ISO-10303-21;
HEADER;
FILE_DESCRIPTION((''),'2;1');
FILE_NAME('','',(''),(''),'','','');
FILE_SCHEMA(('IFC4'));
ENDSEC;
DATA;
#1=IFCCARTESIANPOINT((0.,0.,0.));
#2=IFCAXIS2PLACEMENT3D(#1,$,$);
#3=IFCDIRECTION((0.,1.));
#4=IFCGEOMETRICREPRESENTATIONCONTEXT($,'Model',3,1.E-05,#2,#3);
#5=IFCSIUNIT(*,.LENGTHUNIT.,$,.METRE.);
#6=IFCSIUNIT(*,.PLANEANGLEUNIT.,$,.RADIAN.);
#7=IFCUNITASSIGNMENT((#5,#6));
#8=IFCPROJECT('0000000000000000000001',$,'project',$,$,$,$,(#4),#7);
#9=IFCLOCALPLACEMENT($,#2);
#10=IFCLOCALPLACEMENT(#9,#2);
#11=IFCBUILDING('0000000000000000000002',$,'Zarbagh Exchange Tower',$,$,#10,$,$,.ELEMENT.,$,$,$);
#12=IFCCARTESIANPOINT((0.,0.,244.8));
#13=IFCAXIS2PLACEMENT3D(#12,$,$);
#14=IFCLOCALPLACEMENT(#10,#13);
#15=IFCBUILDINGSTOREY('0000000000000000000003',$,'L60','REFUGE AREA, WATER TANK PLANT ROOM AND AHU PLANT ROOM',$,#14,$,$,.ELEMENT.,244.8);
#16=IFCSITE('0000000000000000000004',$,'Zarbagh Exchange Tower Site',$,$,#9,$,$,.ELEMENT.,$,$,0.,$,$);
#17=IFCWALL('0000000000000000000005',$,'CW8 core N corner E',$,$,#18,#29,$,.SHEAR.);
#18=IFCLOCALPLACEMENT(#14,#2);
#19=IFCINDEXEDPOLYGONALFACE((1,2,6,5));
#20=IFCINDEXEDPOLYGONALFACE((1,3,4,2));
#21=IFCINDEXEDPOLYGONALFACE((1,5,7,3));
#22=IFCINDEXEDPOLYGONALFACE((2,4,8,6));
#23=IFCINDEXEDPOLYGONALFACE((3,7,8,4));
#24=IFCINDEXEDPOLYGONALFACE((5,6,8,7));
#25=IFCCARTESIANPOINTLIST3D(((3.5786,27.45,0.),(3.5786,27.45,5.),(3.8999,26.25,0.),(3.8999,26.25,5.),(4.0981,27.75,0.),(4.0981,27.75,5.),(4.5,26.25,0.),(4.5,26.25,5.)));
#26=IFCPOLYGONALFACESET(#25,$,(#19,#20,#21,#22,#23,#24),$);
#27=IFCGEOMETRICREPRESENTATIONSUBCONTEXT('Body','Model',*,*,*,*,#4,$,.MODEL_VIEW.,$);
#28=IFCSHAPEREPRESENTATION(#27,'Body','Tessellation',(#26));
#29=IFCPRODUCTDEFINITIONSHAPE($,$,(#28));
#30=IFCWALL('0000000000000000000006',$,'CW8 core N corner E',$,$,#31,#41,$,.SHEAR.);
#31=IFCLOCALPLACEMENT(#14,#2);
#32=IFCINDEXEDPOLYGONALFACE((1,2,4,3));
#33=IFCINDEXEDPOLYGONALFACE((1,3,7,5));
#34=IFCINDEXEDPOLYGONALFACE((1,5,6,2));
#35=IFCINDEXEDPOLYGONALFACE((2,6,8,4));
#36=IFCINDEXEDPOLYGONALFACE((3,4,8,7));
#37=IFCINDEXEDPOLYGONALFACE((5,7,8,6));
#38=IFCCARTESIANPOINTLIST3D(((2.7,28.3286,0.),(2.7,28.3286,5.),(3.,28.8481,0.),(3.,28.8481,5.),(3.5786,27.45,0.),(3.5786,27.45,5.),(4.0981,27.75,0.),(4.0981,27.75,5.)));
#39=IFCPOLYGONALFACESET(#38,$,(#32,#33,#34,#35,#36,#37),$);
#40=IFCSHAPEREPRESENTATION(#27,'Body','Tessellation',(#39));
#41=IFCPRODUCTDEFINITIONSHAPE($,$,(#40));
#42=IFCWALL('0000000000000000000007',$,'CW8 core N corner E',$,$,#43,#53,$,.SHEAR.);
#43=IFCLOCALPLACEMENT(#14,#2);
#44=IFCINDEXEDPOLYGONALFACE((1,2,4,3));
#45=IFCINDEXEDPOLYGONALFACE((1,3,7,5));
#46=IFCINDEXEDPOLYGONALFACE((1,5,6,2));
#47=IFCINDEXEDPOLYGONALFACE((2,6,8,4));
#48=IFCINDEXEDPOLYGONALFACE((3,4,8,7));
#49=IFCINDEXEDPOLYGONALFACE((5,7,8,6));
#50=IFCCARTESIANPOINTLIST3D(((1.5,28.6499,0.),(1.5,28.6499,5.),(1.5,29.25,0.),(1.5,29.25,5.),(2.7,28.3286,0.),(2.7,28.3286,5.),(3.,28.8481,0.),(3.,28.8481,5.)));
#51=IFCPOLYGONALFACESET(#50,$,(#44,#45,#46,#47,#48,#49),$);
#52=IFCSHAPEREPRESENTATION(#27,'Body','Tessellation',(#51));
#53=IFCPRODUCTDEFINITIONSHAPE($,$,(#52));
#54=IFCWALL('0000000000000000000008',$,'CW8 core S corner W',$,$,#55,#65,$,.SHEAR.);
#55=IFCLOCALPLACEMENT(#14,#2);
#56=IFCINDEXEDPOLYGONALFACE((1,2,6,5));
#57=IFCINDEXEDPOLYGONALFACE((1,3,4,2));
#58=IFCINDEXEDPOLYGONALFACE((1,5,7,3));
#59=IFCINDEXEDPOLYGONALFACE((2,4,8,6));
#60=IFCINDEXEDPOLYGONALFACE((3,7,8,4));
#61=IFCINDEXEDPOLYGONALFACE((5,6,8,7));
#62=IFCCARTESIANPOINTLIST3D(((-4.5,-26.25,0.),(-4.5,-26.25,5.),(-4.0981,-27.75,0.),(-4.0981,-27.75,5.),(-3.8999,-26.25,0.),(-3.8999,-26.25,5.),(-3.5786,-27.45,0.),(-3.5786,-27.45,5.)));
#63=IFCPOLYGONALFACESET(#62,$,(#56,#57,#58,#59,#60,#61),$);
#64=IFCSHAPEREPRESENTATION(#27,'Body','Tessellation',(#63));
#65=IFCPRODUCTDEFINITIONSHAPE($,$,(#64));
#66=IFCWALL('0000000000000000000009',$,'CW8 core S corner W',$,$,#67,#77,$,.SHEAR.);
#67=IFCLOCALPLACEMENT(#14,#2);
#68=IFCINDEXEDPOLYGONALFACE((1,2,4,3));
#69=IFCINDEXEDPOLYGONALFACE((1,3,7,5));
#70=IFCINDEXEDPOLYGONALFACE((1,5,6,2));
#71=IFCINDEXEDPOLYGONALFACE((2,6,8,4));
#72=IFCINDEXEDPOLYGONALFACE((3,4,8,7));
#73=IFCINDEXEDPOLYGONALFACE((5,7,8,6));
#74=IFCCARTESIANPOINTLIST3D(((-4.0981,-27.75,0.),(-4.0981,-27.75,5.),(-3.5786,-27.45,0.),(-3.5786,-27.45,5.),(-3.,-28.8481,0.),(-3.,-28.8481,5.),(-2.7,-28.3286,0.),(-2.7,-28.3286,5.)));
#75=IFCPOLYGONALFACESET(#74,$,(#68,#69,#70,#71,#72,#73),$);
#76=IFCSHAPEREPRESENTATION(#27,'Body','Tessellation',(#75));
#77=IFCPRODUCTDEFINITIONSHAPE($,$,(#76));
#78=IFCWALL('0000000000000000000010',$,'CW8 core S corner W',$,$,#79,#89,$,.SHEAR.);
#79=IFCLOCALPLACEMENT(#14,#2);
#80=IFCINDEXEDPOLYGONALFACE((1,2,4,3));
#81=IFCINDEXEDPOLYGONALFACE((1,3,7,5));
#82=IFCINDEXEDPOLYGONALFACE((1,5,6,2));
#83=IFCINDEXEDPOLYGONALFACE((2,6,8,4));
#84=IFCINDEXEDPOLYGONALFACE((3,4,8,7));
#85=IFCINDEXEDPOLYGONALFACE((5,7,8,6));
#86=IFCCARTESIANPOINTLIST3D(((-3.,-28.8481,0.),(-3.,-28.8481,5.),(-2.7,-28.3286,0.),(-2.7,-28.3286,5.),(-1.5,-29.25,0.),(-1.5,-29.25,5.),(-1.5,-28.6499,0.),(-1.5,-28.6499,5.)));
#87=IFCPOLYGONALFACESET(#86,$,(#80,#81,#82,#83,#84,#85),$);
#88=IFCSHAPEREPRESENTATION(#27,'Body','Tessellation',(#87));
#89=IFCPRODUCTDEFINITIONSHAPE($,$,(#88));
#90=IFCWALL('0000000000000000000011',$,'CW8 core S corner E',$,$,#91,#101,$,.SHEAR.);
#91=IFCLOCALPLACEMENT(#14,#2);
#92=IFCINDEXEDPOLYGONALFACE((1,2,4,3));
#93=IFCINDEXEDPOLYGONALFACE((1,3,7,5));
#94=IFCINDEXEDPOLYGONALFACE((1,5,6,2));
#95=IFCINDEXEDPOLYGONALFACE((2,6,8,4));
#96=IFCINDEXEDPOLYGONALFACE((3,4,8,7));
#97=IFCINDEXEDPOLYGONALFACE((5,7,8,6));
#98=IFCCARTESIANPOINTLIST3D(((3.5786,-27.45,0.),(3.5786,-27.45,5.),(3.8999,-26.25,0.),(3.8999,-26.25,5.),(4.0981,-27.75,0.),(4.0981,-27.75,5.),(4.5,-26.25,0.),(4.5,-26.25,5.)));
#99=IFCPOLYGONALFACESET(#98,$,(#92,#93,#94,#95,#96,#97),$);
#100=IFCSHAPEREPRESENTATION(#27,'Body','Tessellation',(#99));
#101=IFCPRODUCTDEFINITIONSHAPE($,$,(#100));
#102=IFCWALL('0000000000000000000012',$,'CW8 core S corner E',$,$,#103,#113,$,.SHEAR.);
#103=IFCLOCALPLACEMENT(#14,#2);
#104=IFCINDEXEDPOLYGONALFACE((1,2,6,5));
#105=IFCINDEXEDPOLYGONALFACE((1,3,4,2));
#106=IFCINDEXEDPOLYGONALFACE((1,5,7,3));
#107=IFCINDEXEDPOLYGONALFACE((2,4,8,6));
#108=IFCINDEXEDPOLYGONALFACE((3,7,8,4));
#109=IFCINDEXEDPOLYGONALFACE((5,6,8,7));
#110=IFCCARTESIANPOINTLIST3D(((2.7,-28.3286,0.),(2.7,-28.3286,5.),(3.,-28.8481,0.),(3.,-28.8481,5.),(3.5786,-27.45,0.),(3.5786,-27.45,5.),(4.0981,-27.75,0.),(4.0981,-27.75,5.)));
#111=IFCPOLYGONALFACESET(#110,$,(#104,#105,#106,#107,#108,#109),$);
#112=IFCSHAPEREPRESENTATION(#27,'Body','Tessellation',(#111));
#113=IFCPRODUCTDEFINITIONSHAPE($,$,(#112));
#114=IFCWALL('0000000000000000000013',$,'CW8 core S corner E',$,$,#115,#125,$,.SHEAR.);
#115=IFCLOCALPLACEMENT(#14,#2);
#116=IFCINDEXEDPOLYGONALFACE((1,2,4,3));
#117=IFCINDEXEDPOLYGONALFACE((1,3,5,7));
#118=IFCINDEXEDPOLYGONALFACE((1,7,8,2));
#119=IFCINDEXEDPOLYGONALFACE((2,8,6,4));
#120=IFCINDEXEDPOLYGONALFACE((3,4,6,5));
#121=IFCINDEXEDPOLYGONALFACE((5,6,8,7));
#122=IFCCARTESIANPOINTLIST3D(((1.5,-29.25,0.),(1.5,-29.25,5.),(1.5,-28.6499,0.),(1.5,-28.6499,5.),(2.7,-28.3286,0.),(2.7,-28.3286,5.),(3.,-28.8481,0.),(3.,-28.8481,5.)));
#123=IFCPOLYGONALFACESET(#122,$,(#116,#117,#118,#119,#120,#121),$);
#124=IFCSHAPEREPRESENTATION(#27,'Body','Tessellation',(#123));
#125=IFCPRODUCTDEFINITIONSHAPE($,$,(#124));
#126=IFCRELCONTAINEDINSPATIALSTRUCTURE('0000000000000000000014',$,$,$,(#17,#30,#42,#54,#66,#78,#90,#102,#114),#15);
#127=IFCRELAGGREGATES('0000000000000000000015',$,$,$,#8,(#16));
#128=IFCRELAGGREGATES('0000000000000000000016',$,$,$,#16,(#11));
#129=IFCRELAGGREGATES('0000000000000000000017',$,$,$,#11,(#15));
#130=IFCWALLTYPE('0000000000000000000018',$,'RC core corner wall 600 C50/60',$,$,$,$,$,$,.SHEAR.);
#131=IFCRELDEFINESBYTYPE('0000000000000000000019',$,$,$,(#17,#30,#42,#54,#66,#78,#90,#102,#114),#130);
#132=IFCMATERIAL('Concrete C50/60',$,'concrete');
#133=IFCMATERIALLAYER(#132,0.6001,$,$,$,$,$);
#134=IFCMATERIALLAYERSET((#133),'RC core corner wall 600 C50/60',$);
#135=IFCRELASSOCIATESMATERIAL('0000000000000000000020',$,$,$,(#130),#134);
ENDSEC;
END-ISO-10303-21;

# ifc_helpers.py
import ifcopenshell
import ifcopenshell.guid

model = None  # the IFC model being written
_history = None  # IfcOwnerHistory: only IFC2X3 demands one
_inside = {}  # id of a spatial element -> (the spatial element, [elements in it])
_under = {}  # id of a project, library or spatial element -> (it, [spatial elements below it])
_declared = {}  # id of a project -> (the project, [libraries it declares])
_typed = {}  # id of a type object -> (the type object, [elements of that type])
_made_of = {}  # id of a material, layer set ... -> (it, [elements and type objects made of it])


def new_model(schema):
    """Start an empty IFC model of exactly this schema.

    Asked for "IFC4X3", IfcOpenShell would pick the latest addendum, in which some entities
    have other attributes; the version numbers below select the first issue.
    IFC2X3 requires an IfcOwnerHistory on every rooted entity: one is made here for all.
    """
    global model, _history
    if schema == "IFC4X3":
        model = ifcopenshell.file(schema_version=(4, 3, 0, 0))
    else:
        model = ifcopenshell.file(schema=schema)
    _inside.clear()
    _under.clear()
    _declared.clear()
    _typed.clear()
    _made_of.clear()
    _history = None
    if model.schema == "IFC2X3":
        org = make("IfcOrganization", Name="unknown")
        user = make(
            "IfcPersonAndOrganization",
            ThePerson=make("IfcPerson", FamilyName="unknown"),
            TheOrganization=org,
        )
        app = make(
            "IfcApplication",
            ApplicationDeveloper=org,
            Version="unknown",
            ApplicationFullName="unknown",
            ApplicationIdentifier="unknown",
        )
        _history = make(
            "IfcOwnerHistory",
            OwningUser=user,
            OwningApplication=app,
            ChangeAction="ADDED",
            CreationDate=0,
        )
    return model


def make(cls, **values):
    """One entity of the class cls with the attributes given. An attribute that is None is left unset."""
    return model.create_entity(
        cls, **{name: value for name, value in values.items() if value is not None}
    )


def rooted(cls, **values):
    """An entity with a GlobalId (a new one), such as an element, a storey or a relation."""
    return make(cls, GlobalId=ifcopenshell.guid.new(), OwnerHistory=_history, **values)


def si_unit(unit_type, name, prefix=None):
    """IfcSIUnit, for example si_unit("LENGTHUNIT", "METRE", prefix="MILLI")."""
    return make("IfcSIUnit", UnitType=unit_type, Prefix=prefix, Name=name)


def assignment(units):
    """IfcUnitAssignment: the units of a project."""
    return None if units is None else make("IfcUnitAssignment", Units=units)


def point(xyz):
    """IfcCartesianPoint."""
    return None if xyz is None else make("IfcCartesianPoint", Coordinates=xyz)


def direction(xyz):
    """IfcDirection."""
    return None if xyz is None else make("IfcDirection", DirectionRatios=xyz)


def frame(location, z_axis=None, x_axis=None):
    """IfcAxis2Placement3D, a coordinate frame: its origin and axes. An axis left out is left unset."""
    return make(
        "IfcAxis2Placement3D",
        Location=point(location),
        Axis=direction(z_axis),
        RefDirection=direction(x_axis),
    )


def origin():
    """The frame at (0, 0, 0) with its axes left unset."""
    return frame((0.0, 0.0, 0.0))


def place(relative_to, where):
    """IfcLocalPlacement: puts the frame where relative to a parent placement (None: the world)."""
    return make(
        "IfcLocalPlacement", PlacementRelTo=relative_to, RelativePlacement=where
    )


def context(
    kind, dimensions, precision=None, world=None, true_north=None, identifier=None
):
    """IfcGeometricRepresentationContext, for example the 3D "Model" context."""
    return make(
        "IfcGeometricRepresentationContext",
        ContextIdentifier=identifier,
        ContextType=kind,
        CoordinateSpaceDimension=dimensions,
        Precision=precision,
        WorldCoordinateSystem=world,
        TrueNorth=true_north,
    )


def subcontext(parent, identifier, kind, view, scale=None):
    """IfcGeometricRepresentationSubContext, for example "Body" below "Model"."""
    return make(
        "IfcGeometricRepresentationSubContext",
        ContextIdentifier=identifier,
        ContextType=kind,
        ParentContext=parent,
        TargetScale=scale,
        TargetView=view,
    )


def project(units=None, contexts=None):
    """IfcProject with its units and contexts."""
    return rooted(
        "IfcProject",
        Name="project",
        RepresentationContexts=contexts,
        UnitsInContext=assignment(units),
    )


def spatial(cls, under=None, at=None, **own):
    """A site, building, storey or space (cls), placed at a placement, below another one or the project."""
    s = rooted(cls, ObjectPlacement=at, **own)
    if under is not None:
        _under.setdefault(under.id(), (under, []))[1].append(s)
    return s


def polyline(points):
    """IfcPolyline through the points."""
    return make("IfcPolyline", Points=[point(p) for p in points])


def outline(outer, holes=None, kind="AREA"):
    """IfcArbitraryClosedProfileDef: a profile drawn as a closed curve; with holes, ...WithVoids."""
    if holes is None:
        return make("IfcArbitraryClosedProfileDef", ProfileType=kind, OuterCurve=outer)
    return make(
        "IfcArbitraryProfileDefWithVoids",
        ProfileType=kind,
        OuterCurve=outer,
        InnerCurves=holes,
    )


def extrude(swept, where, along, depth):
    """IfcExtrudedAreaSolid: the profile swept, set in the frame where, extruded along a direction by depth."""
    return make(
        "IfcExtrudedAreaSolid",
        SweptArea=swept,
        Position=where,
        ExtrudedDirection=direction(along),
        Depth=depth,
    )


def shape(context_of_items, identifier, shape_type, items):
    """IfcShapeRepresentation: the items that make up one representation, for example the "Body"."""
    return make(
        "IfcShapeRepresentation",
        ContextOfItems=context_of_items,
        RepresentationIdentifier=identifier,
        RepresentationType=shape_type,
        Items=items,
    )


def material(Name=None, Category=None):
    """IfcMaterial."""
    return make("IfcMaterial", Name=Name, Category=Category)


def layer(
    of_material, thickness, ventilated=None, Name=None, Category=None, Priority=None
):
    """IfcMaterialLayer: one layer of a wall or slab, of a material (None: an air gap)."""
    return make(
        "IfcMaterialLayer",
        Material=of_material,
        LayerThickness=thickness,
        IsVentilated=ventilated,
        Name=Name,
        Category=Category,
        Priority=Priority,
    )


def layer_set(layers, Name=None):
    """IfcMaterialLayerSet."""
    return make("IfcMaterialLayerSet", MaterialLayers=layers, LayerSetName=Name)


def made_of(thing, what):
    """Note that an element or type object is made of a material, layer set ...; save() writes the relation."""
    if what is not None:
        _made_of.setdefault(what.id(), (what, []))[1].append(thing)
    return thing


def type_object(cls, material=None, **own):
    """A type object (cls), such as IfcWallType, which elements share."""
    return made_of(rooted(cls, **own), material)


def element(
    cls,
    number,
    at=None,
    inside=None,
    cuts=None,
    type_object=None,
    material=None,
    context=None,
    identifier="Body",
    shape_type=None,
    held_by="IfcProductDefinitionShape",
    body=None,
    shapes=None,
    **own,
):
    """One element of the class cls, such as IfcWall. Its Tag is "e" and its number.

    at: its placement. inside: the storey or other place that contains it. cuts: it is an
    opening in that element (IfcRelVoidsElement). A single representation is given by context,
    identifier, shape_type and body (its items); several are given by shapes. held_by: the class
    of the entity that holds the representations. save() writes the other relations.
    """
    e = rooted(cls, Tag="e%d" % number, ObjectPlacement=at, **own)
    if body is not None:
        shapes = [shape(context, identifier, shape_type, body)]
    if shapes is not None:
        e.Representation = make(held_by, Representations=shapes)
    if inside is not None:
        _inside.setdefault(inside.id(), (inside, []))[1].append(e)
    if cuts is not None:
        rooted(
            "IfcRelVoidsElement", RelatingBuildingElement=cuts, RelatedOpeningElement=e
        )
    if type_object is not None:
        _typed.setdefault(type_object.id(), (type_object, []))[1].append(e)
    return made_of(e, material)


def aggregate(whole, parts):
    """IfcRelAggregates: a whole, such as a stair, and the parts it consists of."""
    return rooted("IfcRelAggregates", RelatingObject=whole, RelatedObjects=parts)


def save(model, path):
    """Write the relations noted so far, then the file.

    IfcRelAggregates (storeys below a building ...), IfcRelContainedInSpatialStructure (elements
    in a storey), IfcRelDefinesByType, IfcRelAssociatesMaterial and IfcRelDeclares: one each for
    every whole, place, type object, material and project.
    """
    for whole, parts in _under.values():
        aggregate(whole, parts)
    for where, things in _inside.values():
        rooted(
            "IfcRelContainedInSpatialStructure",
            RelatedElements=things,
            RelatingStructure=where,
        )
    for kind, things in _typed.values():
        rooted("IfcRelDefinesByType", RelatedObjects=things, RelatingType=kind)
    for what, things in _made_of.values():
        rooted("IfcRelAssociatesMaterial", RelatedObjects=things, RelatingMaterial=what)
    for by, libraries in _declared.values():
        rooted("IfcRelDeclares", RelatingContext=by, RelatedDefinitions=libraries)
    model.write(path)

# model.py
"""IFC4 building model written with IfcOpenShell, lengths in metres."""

from ifc_helpers import new_model, si_unit, direction, frame, origin, place, context, subcontext, project, spatial, polyline, outline, extrude, material, layer, layer_set, type_object, element, save


model = new_model("IFC4")

# Units and contexts
model_context = context("Model", 3, precision=1e-05, world=origin(), true_north=direction((0.0, 1.0)))
body_context = subcontext(model_context, "Body", "Model", "MODEL_VIEW")
ifc_project = project(units=[si_unit("LENGTHUNIT", "METRE"), si_unit("PLANEANGLEUNIT", "RADIAN")], contexts=[model_context])

# Site, building, storey
site_placement = place(None, origin())
site = spatial("IfcSite", under=ifc_project, at=site_placement, Name="Zarbagh Exchange Tower Site", CompositionType="ELEMENT", RefElevation=0.0)
building_placement = place(site_placement, origin())
building = spatial("IfcBuilding", under=site, at=building_placement, Name="Zarbagh Exchange Tower", CompositionType="ELEMENT")
storey_placement = place(building_placement, frame((0.0, 0.0, 244.8)))
storey = spatial("IfcBuildingStorey", under=building, at=storey_placement, Name="L60", Description="REFUGE AREA, WATER TANK PLANT ROOM AND AHU PLANT ROOM", CompositionType="ELEMENT", Elevation=244.8)

# Walls
ifc_material_1 = material(Name="Concrete C50/60", Category="concrete")
ifc_layer_1 = layer(ifc_material_1, 0.6001)
ifc_layer_set_1 = layer_set([ifc_layer_1], Name="RC core corner wall 600 C50/60")
wall_type_1 = type_object("IfcWallType", Name="RC core corner wall 600 C50/60", PredefinedType="SHEAR", material=ifc_layer_set_1)
wall_1_placement = place(storey_placement, origin())
element("IfcWall", 1, at=wall_1_placement, inside=storey, type_object=wall_type_1, Name="CW8 core N corner E", PredefinedType="SHEAR", context=body_context, shape_type="SweptSolid", body=[
    extrude(outline(polyline([(4.5, 26.25), (4.0981, 27.75), (3.5786, 27.45), (3.8999, 26.25), (4.5, 26.25)])), origin(), (0.0, 0.0, 1.0), 5.0),
])
wall_2_placement = place(storey_placement, origin())
element("IfcWall", 2, at=wall_2_placement, inside=storey, type_object=wall_type_1, Name="CW8 core N corner E", PredefinedType="SHEAR", context=body_context, shape_type="SweptSolid", body=[
    extrude(outline(polyline([(4.0981, 27.75), (3.0, 28.8481), (2.7, 28.3286), (3.5786, 27.45), (4.0981, 27.75)])), origin(), (0.0, 0.0, 1.0), 5.0),
])
wall_3_placement = place(storey_placement, origin())
element("IfcWall", 3, at=wall_3_placement, inside=storey, type_object=wall_type_1, Name="CW8 core N corner E", PredefinedType="SHEAR", context=body_context, shape_type="SweptSolid", body=[
    extrude(outline(polyline([(3.0, 28.8481), (1.5, 29.25), (1.5, 28.6499), (2.7, 28.3286), (3.0, 28.8481)])), origin(), (0.0, 0.0, 1.0), 5.0),
])
wall_4_placement = place(storey_placement, origin())
element("IfcWall", 4, at=wall_4_placement, inside=storey, type_object=wall_type_1, Name="CW8 core S corner W", PredefinedType="SHEAR", context=body_context, shape_type="SweptSolid", body=[
    extrude(outline(polyline([(-4.5, -26.25), (-4.0981, -27.75), (-3.5786, -27.45), (-3.8999, -26.25), (-4.5, -26.25)])), origin(), (0.0, 0.0, 1.0), 5.0),
])
wall_5_placement = place(storey_placement, origin())
element("IfcWall", 5, at=wall_5_placement, inside=storey, type_object=wall_type_1, Name="CW8 core S corner W", PredefinedType="SHEAR", context=body_context, shape_type="SweptSolid", body=[
    extrude(outline(polyline([(-4.0981, -27.75), (-3.0, -28.8481), (-2.7, -28.3286), (-3.5786, -27.45), (-4.0981, -27.75)])), origin(), (0.0, 0.0, 1.0), 5.0),
])
wall_6_placement = place(storey_placement, origin())
element("IfcWall", 6, at=wall_6_placement, inside=storey, type_object=wall_type_1, Name="CW8 core S corner W", PredefinedType="SHEAR", context=body_context, shape_type="SweptSolid", body=[
    extrude(outline(polyline([(-3.0, -28.8481), (-1.5, -29.25), (-1.5, -28.6499), (-2.7, -28.3286), (-3.0, -28.8481)])), origin(), (0.0, 0.0, 1.0), 5.0),
])
wall_7_placement = place(storey_placement, origin())
element("IfcWall", 7, at=wall_7_placement, inside=storey, type_object=wall_type_1, Name="CW8 core S corner E", PredefinedType="SHEAR", context=body_context, shape_type="SweptSolid", body=[
    extrude(outline(polyline([(4.5, -26.25), (4.0981, -27.75), (3.5786, -27.45), (3.8999, -26.25), (4.5, -26.25)])), origin(), (0.0, 0.0, 1.0), 5.0),
])
wall_8_placement = place(storey_placement, origin())
element("IfcWall", 8, at=wall_8_placement, inside=storey, type_object=wall_type_1, Name="CW8 core S corner E", PredefinedType="SHEAR", context=body_context, shape_type="SweptSolid", body=[
    extrude(outline(polyline([(4.0981, -27.75), (3.0, -28.8481), (2.7, -28.3286), (3.5786, -27.45), (4.0981, -27.75)])), origin(), (0.0, 0.0, 1.0), 5.0),
])
wall_9_placement = place(storey_placement, origin())
element("IfcWall", 9, at=wall_9_placement, inside=storey, type_object=wall_type_1, Name="CW8 core S corner E", PredefinedType="SHEAR", context=body_context, shape_type="SweptSolid", body=[
    extrude(outline(polyline([(3.0, -28.8481), (1.5, -29.25), (1.5, -28.6499), (2.7, -28.3286), (3.0, -28.8481)])), origin(), (0.0, 0.0, 1.0), 5.0),
])

save(model, "model.ifc")
